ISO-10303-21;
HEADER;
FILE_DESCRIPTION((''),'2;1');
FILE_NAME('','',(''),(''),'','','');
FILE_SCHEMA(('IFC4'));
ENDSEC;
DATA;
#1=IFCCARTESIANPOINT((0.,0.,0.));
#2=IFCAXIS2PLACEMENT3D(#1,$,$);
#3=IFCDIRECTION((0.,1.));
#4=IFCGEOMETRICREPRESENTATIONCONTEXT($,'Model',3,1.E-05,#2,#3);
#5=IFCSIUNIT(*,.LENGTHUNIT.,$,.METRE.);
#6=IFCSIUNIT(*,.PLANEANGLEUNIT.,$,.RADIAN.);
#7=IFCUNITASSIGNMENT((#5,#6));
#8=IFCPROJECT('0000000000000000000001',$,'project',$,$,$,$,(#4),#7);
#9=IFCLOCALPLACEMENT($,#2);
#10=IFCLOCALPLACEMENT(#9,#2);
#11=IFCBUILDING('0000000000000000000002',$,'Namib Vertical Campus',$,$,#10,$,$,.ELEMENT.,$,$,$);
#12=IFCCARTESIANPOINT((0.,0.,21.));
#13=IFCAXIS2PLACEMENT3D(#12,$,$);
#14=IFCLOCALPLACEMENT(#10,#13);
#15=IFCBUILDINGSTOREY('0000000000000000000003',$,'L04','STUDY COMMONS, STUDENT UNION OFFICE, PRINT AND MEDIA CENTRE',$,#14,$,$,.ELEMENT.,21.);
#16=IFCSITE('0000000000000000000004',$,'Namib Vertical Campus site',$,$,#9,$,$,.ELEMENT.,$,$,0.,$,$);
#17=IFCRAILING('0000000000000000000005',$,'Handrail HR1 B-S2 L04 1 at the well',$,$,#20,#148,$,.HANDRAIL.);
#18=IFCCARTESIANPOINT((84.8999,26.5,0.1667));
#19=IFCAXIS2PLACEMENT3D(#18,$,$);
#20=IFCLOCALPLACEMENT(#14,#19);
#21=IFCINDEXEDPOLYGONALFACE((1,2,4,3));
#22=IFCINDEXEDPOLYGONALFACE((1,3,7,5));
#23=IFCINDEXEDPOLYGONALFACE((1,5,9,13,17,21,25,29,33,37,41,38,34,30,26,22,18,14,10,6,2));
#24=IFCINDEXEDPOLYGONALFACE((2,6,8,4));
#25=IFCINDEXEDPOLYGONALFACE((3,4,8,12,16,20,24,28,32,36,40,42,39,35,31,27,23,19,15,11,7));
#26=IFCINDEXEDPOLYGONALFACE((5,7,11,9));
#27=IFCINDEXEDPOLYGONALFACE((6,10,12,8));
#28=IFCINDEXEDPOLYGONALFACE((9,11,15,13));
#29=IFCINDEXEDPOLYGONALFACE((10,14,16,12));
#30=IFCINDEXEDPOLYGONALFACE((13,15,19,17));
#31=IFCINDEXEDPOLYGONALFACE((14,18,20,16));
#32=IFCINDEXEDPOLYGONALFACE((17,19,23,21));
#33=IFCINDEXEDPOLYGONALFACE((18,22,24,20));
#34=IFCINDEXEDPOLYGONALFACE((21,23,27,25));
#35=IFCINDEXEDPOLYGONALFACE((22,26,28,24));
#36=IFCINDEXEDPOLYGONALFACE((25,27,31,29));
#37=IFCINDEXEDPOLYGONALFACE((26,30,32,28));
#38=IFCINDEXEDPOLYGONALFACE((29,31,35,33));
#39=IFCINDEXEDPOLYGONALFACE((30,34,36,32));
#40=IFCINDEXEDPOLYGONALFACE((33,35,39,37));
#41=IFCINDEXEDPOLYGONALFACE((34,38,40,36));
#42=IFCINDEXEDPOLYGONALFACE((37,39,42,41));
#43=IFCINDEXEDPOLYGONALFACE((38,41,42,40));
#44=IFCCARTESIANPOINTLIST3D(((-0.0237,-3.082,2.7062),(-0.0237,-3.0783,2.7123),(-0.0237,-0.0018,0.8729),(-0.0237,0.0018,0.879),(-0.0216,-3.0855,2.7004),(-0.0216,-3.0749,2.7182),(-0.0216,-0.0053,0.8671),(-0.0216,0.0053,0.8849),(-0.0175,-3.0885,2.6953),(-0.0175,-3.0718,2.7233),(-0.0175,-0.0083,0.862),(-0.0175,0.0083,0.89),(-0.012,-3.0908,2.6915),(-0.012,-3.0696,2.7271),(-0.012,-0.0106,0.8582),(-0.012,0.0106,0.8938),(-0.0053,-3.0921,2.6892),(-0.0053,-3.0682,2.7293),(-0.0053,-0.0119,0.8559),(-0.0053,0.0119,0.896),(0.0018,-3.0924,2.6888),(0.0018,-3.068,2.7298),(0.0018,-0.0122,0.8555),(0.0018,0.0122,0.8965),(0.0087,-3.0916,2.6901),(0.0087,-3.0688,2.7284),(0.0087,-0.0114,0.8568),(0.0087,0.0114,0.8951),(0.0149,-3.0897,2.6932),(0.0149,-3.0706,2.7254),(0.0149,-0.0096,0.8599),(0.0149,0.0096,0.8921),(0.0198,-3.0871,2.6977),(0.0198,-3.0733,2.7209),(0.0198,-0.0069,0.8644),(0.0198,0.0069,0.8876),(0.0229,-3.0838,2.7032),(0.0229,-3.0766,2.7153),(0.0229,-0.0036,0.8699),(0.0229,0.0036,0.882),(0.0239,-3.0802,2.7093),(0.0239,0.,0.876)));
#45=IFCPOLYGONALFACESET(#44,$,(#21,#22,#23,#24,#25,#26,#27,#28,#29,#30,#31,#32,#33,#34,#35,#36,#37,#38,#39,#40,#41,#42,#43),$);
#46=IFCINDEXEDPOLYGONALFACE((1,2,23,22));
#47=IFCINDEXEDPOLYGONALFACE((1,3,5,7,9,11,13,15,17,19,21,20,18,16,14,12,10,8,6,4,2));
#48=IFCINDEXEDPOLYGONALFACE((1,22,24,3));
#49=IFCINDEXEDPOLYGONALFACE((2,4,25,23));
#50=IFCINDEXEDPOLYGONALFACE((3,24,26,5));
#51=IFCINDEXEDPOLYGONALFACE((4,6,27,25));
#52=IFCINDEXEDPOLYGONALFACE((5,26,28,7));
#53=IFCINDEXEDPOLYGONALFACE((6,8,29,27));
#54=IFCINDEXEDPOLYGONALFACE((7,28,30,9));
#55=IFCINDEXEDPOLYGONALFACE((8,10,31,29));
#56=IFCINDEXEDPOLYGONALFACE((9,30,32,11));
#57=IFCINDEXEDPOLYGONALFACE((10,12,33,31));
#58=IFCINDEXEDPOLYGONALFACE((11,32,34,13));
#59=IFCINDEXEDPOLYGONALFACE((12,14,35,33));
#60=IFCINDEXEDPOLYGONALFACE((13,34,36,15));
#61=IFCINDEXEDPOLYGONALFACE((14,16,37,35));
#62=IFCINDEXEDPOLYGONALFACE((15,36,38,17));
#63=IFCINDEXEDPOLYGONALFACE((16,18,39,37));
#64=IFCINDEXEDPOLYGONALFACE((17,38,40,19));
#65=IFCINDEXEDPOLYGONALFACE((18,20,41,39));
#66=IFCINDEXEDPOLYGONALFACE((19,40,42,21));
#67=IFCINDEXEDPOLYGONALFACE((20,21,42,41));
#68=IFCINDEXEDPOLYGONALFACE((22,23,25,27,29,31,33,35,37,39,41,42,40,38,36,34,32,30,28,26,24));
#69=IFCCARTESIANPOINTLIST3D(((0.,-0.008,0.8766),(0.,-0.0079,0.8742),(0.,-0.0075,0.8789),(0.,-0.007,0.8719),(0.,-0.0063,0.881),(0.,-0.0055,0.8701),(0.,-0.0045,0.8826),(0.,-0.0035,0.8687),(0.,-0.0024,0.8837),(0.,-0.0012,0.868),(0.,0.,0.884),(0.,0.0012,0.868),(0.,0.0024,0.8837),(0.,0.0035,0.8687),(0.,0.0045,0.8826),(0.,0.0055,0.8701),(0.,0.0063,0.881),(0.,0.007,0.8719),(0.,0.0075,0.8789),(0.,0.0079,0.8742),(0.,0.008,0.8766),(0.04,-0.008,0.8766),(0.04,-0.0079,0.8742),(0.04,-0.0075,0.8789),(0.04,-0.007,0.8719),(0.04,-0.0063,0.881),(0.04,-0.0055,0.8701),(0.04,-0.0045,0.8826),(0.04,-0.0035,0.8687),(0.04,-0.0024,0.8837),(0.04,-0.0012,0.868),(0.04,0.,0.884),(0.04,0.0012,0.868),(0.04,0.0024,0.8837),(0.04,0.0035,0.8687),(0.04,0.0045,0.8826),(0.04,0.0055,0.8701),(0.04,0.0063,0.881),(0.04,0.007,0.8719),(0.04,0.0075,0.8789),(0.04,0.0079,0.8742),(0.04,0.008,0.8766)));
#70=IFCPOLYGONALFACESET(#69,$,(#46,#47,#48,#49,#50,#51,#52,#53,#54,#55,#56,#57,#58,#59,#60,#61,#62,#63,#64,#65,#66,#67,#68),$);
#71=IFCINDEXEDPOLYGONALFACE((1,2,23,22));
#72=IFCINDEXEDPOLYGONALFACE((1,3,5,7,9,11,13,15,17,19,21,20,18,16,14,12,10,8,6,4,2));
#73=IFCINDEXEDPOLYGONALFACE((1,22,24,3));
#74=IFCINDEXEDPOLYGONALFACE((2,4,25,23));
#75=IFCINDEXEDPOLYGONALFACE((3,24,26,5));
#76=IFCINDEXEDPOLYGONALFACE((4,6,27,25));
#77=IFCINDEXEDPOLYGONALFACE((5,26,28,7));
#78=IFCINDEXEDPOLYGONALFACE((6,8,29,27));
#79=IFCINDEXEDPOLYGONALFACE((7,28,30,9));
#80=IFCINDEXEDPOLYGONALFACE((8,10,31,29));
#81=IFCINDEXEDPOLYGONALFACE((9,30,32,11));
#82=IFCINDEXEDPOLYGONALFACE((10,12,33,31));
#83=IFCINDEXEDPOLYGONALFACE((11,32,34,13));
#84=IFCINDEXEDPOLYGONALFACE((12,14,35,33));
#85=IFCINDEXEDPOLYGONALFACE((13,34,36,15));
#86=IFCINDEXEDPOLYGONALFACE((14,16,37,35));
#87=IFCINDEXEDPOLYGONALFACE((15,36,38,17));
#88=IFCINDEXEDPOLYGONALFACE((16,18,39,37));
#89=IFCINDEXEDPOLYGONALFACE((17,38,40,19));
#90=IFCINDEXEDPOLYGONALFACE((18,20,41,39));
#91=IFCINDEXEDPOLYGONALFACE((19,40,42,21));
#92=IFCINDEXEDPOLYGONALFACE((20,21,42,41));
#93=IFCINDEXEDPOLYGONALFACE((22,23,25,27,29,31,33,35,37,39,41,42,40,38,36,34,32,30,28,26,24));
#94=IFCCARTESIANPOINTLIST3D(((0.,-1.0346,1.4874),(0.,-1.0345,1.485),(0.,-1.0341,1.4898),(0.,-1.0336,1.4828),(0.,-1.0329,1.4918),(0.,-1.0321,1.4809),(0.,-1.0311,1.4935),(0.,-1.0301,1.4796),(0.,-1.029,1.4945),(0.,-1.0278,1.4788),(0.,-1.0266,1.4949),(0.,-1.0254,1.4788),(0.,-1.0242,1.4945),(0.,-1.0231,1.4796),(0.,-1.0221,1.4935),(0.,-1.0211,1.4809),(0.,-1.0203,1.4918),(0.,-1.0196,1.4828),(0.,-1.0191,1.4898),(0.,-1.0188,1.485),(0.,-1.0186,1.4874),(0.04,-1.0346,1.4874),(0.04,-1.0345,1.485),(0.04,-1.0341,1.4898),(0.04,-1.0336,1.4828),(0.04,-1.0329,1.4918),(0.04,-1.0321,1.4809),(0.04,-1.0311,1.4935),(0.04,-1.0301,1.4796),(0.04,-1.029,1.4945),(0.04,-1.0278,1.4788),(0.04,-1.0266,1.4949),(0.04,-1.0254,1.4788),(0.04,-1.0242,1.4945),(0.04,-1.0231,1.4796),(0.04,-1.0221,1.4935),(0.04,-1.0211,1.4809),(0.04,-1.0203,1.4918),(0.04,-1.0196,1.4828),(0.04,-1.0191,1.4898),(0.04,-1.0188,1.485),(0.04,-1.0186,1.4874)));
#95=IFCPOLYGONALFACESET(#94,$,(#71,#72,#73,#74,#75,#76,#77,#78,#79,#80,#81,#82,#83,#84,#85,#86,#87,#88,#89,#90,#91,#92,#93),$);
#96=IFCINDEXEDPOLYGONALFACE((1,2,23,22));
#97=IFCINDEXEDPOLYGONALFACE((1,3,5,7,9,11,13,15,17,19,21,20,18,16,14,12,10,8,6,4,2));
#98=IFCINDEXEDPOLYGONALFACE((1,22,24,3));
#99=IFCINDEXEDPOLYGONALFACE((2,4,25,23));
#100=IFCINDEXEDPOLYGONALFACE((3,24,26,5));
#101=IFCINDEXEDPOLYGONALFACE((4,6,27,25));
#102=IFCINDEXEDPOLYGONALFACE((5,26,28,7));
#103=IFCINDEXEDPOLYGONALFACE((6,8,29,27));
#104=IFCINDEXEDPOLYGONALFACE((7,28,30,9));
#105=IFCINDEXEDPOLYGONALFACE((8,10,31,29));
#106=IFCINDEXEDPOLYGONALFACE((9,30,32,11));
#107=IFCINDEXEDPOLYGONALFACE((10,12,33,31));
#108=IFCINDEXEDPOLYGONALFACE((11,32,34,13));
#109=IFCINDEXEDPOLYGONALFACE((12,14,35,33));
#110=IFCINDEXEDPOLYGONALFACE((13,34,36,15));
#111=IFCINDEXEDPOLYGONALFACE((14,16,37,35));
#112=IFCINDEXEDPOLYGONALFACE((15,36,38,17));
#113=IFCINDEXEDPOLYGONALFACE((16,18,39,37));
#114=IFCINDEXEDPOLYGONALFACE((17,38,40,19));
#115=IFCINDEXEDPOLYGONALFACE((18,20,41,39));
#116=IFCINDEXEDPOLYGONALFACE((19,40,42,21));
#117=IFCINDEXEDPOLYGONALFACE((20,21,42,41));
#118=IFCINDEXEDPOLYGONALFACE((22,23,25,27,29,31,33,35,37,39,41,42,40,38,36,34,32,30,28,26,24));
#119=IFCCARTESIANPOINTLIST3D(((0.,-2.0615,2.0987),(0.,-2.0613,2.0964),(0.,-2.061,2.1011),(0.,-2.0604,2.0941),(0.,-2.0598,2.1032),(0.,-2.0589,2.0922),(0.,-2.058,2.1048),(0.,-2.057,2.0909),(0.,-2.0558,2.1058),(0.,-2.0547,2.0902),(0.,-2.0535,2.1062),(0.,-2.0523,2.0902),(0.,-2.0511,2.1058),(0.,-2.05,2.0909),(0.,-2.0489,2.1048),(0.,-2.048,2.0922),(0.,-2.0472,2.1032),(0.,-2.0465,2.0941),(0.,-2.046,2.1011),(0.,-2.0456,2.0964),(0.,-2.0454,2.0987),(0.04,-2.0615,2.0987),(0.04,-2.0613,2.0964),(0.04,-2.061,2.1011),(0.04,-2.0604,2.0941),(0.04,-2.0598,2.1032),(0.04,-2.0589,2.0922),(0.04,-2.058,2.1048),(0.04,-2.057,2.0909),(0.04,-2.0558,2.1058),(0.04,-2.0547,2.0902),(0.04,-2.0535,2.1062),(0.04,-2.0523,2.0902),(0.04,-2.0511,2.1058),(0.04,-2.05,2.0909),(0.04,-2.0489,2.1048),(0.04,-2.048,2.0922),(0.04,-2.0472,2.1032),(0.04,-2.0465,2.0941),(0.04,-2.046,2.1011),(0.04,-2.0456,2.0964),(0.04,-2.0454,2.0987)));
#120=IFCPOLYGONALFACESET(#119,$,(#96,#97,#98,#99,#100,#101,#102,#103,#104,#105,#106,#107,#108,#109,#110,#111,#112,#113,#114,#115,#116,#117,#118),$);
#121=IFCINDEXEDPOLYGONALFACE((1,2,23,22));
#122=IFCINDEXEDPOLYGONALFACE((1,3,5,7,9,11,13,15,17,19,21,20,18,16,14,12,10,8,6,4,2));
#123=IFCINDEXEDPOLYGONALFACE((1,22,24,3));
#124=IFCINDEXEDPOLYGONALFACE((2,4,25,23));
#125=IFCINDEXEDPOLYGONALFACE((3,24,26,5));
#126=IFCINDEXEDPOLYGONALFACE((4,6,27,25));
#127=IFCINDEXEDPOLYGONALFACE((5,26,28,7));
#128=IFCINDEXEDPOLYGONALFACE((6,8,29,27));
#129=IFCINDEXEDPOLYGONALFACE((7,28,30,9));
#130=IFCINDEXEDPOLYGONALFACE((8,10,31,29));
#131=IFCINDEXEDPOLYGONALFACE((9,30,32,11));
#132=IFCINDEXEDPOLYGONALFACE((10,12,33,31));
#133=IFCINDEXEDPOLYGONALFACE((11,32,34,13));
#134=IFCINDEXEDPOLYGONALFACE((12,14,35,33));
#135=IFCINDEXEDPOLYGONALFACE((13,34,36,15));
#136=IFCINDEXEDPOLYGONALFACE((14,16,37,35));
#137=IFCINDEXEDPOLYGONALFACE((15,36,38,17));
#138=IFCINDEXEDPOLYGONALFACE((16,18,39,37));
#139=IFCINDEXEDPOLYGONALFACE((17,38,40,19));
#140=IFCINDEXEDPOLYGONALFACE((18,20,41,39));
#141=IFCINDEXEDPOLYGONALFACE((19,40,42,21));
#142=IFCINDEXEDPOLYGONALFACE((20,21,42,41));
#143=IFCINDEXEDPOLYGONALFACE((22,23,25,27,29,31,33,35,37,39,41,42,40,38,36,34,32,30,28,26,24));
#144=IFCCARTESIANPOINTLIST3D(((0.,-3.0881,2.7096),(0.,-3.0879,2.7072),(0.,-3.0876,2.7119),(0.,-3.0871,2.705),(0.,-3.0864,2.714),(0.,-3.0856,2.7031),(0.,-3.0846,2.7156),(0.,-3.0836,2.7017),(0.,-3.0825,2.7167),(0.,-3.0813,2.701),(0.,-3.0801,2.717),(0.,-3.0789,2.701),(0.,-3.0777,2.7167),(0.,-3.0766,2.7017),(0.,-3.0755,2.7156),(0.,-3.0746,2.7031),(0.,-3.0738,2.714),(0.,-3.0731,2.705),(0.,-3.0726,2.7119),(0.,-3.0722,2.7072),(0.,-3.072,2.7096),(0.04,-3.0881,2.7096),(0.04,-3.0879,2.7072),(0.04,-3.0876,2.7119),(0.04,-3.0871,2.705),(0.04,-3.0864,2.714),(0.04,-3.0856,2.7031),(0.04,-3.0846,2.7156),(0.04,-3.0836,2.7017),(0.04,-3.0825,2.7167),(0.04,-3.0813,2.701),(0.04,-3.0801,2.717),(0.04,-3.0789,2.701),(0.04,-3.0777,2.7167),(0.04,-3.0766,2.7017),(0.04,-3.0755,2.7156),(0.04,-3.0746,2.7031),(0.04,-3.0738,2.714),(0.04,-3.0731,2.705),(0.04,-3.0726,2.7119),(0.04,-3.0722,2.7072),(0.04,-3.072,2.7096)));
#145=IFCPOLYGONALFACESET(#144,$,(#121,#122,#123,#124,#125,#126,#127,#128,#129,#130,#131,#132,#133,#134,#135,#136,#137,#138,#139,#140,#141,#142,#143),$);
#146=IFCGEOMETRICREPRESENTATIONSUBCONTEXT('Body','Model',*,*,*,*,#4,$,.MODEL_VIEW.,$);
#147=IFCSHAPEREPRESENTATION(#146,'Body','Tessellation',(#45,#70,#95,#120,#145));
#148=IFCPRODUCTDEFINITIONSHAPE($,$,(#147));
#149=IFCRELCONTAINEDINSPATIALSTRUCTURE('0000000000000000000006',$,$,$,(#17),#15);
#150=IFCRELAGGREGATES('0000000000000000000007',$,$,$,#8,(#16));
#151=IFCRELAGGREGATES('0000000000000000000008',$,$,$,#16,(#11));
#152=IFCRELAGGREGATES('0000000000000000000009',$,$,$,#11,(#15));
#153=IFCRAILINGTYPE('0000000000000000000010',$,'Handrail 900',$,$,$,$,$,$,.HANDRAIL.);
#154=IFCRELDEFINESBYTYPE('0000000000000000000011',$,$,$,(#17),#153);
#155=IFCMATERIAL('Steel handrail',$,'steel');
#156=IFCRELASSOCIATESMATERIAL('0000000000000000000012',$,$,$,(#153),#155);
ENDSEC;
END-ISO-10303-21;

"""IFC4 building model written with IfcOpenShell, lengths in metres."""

from ifc_helpers import new_model, si_unit, direction, frame, origin, origin_2d, place, context, subcontext, project, spatial, circle, extrude, material, type_object, element, save


model = new_model("IFC4")

# Units and contexts
model_context = context("Model", 3, precision=1e-05, world=origin(), true_north=direction((0.0, 1.0)))
body_context = subcontext(model_context, "Body", "Model", "MODEL_VIEW")
ifc_project = project(units=[si_unit("LENGTHUNIT", "METRE"), si_unit("PLANEANGLEUNIT", "RADIAN")], contexts=[model_context])

# Site, building, storey
site_placement = place(None, origin())
site = spatial("IfcSite", under=ifc_project, at=site_placement, Name="Namib Vertical Campus site", CompositionType="ELEMENT", RefElevation=0.0)
building_placement = place(site_placement, origin())
building = spatial("IfcBuilding", under=site, at=building_placement, Name="Namib Vertical Campus", CompositionType="ELEMENT")
storey_placement = place(building_placement, frame((0.0, 0.0, 21.0)))
storey = spatial("IfcBuildingStorey", under=building, at=storey_placement, Name="L04", Description="STUDY COMMONS, STUDENT UNION OFFICE, PRINT AND MEDIA CENTRE", CompositionType="ELEMENT", Elevation=21.0)

# Railing
ifc_material_1 = material(Name="Steel handrail", Category="steel")
railing_type_1 = type_object("IfcRailingType", Name="Handrail 900", PredefinedType="HANDRAIL", material=ifc_material_1)
railing_1_placement = place(storey_placement, frame((84.8999, 26.5, 0.1667)))
element("IfcRailing", 1, at=railing_1_placement, inside=storey, type_object=railing_type_1, Name="Handrail HR1 B-S2 L04 1 at the well", PredefinedType="HANDRAIL", context=body_context, shape_type="SweptSolid", body=[
    extrude(circle(Radius=0.0239, at=origin_2d()), frame((0.0, 0.0, 0.876), z_axis=(0.0, -0.859309, 0.511458), x_axis=(1.0, 0.0, 0.0)), (0.0, 0.0, 1.0), 3.5845),
    extrude(circle(Radius=0.0081, at=origin_2d()), frame((0.0, 0.0, 0.876), z_axis=(1.0, 0.0, 0.0), x_axis=(0.0, 0.0, 1.0)), (0.0, 0.0, 1.0), 0.04),
    extrude(circle(Radius=0.0081, at=origin_2d()), frame((0.0, -1.0266, 1.4868), z_axis=(1.0, 0.0, 0.0), x_axis=(0.0, 0.0, 1.0)), (0.0, 0.0, 1.0), 0.04),
    extrude(circle(Radius=0.0081, at=origin_2d()), frame((0.0, -2.0535, 2.0981), z_axis=(1.0, 0.0, 0.0), x_axis=(0.0, 0.0, 1.0)), (0.0, 0.0, 1.0), 0.04),
    extrude(circle(Radius=0.0081, at=origin_2d()), frame((0.0, -3.0801, 2.709), z_axis=(1.0, 0.0, 0.0), x_axis=(0.0, 0.0, 1.0)), (0.0, 0.0, 1.0), 0.04),
])

save(model, "model.ifc")
